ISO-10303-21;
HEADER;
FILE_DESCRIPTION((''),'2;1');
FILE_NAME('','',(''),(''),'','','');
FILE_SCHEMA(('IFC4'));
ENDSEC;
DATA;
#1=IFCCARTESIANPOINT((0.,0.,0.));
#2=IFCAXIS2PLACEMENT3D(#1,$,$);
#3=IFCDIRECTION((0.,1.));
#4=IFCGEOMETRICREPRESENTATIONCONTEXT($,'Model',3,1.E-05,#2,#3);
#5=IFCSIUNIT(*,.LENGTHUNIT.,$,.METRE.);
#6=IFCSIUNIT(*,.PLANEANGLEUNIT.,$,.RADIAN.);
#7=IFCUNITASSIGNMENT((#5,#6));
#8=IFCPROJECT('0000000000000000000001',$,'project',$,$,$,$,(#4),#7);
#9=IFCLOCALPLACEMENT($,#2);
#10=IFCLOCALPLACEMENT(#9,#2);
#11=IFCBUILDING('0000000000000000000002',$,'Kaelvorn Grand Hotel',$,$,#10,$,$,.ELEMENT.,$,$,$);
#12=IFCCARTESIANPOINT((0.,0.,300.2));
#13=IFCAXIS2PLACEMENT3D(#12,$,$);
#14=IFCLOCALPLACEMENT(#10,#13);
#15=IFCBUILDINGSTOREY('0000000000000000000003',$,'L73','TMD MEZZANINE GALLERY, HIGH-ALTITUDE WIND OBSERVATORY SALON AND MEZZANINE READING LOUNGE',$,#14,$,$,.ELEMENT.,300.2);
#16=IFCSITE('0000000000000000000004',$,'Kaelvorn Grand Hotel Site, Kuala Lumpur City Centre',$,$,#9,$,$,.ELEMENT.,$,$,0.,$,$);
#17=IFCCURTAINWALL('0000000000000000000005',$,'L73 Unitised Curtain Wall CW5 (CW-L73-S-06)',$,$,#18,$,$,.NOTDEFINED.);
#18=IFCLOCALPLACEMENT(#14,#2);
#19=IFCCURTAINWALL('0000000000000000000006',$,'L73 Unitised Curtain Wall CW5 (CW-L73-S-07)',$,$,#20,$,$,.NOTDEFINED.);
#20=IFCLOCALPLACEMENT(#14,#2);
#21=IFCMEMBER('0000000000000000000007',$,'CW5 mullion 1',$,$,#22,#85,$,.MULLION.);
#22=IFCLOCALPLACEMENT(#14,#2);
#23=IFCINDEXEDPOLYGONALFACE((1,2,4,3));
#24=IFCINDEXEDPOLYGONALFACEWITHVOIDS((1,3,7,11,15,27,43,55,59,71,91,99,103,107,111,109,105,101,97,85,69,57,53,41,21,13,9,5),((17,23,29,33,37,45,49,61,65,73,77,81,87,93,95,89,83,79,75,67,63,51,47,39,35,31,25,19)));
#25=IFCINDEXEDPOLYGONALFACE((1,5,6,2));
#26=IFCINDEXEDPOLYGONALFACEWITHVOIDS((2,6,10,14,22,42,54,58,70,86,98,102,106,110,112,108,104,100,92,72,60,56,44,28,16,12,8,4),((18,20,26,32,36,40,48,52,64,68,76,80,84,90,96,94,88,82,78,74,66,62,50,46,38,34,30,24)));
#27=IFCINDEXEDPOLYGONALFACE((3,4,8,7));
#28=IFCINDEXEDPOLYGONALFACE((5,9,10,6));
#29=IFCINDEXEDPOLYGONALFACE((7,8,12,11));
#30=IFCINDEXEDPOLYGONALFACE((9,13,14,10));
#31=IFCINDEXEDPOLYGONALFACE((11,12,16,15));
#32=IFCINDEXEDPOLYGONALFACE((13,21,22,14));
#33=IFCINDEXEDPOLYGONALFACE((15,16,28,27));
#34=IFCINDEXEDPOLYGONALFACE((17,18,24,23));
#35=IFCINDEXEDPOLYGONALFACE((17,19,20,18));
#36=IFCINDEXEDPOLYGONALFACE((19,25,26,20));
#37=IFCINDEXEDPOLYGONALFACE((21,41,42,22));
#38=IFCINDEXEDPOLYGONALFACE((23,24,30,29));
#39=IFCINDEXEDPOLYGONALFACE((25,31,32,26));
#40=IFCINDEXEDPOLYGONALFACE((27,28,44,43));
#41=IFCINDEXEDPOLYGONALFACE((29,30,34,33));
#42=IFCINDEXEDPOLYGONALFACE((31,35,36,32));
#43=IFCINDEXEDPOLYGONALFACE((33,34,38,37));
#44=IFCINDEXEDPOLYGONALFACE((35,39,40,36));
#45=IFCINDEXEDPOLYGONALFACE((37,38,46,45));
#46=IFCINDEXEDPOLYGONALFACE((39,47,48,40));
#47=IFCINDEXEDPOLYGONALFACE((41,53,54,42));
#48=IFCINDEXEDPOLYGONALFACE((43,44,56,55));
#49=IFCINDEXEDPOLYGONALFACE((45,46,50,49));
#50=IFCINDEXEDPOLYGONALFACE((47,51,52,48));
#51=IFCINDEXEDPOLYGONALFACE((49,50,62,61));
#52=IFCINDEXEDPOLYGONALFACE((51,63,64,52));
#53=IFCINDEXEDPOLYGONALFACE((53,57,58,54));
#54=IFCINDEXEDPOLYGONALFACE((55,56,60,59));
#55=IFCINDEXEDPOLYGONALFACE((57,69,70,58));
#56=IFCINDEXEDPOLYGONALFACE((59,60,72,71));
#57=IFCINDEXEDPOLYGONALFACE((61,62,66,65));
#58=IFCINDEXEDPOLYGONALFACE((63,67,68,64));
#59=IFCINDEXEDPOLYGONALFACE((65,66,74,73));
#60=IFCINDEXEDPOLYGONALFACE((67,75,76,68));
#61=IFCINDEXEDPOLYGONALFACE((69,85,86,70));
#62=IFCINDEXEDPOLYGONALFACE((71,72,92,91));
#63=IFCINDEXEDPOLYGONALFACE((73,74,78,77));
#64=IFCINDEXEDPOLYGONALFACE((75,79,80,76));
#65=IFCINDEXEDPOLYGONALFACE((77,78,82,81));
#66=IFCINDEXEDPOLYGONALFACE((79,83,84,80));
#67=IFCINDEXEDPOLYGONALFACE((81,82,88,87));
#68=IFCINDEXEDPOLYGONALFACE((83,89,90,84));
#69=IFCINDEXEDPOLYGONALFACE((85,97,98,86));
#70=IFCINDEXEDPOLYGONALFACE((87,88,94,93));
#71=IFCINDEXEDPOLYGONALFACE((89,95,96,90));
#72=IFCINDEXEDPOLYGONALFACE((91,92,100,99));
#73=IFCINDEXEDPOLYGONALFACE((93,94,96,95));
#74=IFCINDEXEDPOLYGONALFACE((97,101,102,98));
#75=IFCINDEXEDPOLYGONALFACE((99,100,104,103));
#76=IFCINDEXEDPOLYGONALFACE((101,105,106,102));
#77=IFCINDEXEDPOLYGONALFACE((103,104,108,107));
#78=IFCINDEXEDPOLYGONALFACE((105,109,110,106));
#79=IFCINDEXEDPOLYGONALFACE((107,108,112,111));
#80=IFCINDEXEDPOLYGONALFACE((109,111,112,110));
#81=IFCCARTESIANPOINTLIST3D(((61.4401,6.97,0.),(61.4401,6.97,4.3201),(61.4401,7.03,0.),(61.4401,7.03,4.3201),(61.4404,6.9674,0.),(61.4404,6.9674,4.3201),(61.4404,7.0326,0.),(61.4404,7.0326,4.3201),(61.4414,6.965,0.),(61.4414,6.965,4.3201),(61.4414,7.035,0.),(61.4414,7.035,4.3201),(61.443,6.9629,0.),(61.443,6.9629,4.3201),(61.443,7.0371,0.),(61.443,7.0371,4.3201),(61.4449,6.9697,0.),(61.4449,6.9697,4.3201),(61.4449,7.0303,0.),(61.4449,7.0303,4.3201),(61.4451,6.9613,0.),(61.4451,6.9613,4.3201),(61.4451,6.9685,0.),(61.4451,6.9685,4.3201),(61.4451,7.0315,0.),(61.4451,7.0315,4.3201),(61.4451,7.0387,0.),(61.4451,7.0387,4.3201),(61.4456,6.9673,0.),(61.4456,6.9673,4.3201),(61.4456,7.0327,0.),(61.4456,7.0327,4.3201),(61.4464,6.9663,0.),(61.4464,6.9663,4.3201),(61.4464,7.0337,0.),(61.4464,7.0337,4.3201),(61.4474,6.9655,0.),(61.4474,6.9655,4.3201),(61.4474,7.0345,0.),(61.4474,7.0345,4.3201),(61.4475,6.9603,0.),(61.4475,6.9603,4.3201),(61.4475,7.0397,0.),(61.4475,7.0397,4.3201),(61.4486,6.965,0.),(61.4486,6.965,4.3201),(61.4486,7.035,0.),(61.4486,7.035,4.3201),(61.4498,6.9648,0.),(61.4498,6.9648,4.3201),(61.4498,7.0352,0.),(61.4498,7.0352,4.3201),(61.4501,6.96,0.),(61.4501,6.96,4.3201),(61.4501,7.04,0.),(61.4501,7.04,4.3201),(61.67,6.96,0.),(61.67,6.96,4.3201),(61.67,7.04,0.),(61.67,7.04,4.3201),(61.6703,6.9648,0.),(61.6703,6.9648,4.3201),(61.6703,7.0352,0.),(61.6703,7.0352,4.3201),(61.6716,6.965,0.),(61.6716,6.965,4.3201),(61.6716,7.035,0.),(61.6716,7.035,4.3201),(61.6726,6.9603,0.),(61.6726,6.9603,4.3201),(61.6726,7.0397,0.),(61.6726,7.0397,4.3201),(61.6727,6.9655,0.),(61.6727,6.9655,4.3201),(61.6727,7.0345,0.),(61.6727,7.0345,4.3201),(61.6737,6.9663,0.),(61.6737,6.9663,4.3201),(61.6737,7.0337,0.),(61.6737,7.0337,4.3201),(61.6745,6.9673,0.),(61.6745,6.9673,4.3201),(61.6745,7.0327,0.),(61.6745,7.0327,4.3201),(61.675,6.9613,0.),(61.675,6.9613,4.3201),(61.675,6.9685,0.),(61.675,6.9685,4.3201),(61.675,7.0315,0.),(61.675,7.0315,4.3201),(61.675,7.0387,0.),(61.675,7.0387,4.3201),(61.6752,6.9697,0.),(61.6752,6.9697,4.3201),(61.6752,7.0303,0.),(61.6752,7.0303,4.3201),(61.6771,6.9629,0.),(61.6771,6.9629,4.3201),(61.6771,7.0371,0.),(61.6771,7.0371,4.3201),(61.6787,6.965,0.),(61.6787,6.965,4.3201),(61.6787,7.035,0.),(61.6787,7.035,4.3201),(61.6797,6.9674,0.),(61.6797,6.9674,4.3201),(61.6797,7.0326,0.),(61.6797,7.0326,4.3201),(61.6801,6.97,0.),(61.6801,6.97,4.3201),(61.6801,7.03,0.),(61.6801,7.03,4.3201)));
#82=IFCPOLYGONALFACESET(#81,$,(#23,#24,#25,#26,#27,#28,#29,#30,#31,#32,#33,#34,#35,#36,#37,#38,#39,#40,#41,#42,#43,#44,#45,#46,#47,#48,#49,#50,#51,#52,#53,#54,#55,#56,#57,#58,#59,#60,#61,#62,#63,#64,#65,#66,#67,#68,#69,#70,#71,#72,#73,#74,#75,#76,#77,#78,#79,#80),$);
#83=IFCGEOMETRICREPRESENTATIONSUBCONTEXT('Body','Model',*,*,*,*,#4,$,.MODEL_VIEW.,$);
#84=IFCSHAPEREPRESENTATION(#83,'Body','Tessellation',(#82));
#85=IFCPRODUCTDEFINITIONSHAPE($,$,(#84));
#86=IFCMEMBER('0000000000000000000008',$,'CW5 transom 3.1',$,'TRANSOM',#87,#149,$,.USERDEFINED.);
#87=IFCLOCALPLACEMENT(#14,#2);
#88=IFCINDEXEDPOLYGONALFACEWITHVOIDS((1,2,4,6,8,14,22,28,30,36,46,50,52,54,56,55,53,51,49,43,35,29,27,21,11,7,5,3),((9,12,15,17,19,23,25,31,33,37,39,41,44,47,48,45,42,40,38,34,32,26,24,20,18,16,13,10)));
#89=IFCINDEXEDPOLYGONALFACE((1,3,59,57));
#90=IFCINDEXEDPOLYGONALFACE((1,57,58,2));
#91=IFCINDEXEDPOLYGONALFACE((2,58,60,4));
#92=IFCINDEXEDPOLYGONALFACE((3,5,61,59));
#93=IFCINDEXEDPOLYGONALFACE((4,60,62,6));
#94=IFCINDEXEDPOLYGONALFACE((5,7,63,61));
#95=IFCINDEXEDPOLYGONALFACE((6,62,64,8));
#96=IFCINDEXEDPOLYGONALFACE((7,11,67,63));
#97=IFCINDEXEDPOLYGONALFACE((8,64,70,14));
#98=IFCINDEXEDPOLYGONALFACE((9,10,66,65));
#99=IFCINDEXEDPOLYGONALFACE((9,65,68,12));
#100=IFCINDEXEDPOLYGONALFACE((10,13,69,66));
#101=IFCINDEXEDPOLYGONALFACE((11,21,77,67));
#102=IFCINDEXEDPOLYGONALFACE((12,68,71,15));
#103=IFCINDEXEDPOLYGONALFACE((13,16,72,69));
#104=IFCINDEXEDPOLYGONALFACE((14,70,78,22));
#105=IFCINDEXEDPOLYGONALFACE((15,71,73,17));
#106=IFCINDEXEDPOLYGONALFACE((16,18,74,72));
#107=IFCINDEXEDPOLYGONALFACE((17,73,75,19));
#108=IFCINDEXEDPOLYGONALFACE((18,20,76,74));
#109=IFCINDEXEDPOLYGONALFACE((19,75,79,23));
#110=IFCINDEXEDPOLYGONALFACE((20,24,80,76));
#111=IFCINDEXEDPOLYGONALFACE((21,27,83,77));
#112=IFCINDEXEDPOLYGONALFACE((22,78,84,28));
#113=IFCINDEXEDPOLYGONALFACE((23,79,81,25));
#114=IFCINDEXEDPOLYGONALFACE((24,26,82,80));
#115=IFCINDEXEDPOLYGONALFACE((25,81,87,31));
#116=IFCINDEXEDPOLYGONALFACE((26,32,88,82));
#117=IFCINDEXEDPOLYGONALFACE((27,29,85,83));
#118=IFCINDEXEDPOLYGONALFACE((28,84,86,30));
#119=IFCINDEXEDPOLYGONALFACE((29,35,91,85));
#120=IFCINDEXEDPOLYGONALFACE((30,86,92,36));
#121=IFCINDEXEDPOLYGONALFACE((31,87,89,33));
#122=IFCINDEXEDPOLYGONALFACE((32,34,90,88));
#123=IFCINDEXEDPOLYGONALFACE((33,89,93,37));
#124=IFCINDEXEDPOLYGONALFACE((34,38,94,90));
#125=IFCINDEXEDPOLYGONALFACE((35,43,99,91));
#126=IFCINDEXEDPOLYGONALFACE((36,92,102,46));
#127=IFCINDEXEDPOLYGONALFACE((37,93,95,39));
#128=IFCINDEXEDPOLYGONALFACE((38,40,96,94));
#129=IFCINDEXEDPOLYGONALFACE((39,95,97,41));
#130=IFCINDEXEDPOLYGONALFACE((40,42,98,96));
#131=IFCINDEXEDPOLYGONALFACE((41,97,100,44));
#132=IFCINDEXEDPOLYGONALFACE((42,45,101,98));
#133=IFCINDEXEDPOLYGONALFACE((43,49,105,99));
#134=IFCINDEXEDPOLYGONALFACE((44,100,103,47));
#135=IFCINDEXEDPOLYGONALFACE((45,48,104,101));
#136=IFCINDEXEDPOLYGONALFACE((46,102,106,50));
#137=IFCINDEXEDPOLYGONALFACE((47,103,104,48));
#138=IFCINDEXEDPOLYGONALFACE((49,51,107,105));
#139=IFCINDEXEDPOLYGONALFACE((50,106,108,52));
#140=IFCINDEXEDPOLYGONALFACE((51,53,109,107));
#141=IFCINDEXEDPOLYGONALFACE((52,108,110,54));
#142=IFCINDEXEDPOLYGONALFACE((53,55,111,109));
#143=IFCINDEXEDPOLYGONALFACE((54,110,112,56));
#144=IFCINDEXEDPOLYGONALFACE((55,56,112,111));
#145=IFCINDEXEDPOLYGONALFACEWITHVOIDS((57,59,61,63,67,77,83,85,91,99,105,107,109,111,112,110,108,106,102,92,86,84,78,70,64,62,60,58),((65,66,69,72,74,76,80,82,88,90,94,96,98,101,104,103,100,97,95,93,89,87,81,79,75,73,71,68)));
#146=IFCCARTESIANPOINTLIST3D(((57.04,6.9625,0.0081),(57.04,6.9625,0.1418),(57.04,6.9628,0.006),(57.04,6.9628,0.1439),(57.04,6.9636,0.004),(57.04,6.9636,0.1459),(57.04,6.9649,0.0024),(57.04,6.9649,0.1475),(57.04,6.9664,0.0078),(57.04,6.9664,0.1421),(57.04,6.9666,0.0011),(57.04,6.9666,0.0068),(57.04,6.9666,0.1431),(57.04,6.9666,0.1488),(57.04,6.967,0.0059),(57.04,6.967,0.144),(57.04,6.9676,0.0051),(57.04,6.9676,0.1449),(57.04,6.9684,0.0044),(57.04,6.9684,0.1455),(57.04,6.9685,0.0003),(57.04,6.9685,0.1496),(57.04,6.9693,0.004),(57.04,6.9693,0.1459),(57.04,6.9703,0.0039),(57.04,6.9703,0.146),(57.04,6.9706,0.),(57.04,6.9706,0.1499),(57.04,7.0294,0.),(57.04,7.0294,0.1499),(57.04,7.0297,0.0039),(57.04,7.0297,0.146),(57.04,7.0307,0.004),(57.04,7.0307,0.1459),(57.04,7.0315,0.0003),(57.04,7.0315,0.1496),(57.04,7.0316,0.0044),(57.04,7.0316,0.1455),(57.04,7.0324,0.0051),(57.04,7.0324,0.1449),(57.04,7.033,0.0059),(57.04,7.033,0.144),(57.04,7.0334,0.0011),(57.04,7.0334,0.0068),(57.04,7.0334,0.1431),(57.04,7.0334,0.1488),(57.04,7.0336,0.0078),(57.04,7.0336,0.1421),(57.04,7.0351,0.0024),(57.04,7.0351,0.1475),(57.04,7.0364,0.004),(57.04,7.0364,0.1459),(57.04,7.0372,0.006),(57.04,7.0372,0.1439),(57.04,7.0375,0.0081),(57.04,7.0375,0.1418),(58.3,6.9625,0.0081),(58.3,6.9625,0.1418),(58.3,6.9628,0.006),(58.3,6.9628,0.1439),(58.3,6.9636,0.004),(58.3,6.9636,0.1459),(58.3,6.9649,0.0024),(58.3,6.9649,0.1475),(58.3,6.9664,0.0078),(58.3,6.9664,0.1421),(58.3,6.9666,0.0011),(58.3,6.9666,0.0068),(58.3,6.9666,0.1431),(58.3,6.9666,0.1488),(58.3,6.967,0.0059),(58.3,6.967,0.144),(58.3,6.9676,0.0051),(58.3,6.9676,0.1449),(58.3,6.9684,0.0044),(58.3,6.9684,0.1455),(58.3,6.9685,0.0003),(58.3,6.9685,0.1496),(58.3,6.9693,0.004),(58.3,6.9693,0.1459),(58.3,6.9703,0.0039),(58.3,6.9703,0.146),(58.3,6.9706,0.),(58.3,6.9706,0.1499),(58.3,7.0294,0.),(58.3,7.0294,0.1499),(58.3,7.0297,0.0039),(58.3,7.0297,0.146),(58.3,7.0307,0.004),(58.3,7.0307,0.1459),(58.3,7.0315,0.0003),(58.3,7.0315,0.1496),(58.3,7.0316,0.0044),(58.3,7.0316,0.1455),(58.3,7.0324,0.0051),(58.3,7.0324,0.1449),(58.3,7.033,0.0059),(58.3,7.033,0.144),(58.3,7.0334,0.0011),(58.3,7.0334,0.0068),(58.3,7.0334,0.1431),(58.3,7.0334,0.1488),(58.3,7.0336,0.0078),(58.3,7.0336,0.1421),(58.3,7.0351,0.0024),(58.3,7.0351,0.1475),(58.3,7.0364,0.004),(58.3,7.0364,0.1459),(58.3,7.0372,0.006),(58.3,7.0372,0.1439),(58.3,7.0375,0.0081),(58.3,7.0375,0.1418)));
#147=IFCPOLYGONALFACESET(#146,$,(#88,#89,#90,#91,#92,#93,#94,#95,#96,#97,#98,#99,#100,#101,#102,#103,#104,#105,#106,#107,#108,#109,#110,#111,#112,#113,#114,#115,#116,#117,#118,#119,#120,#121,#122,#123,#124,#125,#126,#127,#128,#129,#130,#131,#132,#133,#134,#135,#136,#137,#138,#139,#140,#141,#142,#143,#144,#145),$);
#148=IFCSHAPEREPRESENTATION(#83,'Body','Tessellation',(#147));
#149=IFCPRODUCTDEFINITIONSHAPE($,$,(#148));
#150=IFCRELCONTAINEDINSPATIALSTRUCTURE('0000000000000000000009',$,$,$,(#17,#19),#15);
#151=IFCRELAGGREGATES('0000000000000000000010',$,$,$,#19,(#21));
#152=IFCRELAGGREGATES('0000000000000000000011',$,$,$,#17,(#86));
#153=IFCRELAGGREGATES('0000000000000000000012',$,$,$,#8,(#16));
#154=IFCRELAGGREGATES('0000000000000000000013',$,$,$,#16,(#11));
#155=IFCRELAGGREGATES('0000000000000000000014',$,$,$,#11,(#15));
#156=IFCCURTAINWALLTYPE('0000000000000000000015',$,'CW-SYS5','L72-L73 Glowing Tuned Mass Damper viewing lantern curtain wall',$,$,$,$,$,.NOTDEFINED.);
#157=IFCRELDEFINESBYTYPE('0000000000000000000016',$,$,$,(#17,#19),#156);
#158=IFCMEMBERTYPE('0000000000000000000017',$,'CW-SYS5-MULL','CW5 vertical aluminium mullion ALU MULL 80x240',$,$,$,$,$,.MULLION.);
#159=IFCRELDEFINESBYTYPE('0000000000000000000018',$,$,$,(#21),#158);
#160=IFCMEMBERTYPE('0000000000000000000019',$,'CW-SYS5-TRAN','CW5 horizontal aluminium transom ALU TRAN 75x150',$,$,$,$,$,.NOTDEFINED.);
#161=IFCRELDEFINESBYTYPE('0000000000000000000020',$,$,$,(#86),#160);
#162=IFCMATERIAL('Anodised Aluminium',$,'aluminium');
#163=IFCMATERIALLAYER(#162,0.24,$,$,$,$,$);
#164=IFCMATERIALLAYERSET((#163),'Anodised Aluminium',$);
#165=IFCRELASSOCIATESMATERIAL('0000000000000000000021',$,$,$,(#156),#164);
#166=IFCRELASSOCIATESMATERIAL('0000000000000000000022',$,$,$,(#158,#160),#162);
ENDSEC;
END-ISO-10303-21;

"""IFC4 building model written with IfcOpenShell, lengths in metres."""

from ifc_helpers import new_model, si_unit, direction, frame, origin, origin_2d, place, context, subcontext, project, spatial, hollow_rectangle, extrude, material, layer, layer_set, material_profile, profile_set, type_object, element, aggregate, save


model = new_model("IFC4")

# Units and contexts
model_context = context("Model", 3, precision=1e-05, world=origin(), true_north=direction((0.0, 1.0)))
body_context = subcontext(model_context, "Body", "Model", "MODEL_VIEW")
ifc_project = project(units=[si_unit("LENGTHUNIT", "METRE"), si_unit("PLANEANGLEUNIT", "RADIAN")], contexts=[model_context])

# Site, building, storey
site_placement = place(None, origin())
site = spatial("IfcSite", under=ifc_project, at=site_placement, Name="Kaelvorn Grand Hotel Site, Kuala Lumpur City Centre", CompositionType="ELEMENT", RefElevation=0.0)
building_placement = place(site_placement, origin())
building = spatial("IfcBuilding", under=site, at=building_placement, Name="Kaelvorn Grand Hotel", CompositionType="ELEMENT")
storey_placement = place(building_placement, frame((0.0, 0.0, 300.2)))
storey = spatial("IfcBuildingStorey", under=building, at=storey_placement, Name="L73", Description="TMD MEZZANINE GALLERY, HIGH-ALTITUDE WIND OBSERVATORY SALON AND MEZZANINE READING LOUNGE", CompositionType="ELEMENT", Elevation=300.2)

# Curtain wall
ifc_material_1 = material(Name="Anodised Aluminium", Category="aluminium")
ifc_layer_1 = layer(ifc_material_1, 0.24)
ifc_layer_set_1 = layer_set([ifc_layer_1], Name="Anodised Aluminium")
curtain_wall_type = type_object("IfcCurtainWallType", Name="CW-SYS5", Description="L72-L73 Glowing Tuned Mass Damper viewing lantern curtain wall", PredefinedType="NOTDEFINED", material=ifc_layer_set_1)
curtain_wall_1_placement = place(storey_placement, origin())
curtain_wall_1 = element("IfcCurtainWall", 1, at=curtain_wall_1_placement, inside=storey, type_object=curtain_wall_type, Name="L73 Unitised Curtain Wall CW5 (CW-L73-S-06)", PredefinedType="NOTDEFINED")
ifc_material_profile_1 = material_profile(ifc_material_1, hollow_rectangle(XDim=0.0801, YDim=0.24, WallThickness=0.0049, InnerFilletRadius=0.0049, OuterFilletRadius=0.01, at=origin_2d()), Name="ALU MULL 80x240")
ifc_profile_set_1 = profile_set([ifc_material_profile_1], Name="Anodised Aluminium")
member_type_1 = type_object("IfcMemberType", Name="CW-SYS5-MULL", Description="CW5 vertical aluminium mullion ALU MULL 80x240", PredefinedType="MULLION", material=ifc_profile_set_1)

# Curtain wall, member
curtain_wall_2_placement = place(storey_placement, origin())
curtain_wall_2 = element("IfcCurtainWall", 2, at=curtain_wall_2_placement, inside=storey, type_object=curtain_wall_type, Name="L73 Unitised Curtain Wall CW5 (CW-L73-S-07)", PredefinedType="NOTDEFINED")
member_1_placement = place(storey_placement, frame((61.5601, 7.0, 0.0), z_axis=(0.0, 0.0, 1.0), x_axis=(0.0, 1.0, 0.0)))
member_1 = element("IfcMember", 3, at=member_1_placement, type_object=member_type_1, Name="CW5 mullion 1", PredefinedType="MULLION", context=body_context, shape_type="SweptSolid", body=[
    extrude(hollow_rectangle(XDim=0.0801, YDim=0.24, WallThickness=0.0049, InnerFilletRadius=0.0049, OuterFilletRadius=0.01, at=origin_2d()), origin(), (0.0, 0.0, 1.0), 4.3201),
])
aggregate(curtain_wall_2, [member_1])

# Member
ifc_material_profile_2 = material_profile(ifc_material_1, hollow_rectangle(XDim=0.075, YDim=0.1499, WallThickness=0.0039, InnerFilletRadius=0.0039, OuterFilletRadius=0.0081, at=origin_2d()), Name="ALU TRAN 75x150")
ifc_profile_set_2 = profile_set([ifc_material_profile_2], Name="Anodised Aluminium")
member_type_2 = type_object("IfcMemberType", Name="CW-SYS5-TRAN", Description="CW5 horizontal aluminium transom ALU TRAN 75x150", PredefinedType="NOTDEFINED", material=ifc_profile_set_2)
member_2_placement = place(storey_placement, frame((57.04, 7.0, 0.075), z_axis=(1.0, 0.0, 0.0), x_axis=(0.0, 1.0, 0.0)))
member_2 = element("IfcMember", 4, at=member_2_placement, type_object=member_type_2, Name="CW5 transom 3.1", ObjectType="TRANSOM", PredefinedType="USERDEFINED", context=body_context, shape_type="SweptSolid", body=[
    extrude(hollow_rectangle(XDim=0.075, YDim=0.1499, WallThickness=0.0039, InnerFilletRadius=0.0039, OuterFilletRadius=0.0081, at=origin_2d()), origin(), (0.0, 0.0, 1.0), 1.26),
])

aggregate(curtain_wall_1, [member_2])

save(model, "model.ifc")
